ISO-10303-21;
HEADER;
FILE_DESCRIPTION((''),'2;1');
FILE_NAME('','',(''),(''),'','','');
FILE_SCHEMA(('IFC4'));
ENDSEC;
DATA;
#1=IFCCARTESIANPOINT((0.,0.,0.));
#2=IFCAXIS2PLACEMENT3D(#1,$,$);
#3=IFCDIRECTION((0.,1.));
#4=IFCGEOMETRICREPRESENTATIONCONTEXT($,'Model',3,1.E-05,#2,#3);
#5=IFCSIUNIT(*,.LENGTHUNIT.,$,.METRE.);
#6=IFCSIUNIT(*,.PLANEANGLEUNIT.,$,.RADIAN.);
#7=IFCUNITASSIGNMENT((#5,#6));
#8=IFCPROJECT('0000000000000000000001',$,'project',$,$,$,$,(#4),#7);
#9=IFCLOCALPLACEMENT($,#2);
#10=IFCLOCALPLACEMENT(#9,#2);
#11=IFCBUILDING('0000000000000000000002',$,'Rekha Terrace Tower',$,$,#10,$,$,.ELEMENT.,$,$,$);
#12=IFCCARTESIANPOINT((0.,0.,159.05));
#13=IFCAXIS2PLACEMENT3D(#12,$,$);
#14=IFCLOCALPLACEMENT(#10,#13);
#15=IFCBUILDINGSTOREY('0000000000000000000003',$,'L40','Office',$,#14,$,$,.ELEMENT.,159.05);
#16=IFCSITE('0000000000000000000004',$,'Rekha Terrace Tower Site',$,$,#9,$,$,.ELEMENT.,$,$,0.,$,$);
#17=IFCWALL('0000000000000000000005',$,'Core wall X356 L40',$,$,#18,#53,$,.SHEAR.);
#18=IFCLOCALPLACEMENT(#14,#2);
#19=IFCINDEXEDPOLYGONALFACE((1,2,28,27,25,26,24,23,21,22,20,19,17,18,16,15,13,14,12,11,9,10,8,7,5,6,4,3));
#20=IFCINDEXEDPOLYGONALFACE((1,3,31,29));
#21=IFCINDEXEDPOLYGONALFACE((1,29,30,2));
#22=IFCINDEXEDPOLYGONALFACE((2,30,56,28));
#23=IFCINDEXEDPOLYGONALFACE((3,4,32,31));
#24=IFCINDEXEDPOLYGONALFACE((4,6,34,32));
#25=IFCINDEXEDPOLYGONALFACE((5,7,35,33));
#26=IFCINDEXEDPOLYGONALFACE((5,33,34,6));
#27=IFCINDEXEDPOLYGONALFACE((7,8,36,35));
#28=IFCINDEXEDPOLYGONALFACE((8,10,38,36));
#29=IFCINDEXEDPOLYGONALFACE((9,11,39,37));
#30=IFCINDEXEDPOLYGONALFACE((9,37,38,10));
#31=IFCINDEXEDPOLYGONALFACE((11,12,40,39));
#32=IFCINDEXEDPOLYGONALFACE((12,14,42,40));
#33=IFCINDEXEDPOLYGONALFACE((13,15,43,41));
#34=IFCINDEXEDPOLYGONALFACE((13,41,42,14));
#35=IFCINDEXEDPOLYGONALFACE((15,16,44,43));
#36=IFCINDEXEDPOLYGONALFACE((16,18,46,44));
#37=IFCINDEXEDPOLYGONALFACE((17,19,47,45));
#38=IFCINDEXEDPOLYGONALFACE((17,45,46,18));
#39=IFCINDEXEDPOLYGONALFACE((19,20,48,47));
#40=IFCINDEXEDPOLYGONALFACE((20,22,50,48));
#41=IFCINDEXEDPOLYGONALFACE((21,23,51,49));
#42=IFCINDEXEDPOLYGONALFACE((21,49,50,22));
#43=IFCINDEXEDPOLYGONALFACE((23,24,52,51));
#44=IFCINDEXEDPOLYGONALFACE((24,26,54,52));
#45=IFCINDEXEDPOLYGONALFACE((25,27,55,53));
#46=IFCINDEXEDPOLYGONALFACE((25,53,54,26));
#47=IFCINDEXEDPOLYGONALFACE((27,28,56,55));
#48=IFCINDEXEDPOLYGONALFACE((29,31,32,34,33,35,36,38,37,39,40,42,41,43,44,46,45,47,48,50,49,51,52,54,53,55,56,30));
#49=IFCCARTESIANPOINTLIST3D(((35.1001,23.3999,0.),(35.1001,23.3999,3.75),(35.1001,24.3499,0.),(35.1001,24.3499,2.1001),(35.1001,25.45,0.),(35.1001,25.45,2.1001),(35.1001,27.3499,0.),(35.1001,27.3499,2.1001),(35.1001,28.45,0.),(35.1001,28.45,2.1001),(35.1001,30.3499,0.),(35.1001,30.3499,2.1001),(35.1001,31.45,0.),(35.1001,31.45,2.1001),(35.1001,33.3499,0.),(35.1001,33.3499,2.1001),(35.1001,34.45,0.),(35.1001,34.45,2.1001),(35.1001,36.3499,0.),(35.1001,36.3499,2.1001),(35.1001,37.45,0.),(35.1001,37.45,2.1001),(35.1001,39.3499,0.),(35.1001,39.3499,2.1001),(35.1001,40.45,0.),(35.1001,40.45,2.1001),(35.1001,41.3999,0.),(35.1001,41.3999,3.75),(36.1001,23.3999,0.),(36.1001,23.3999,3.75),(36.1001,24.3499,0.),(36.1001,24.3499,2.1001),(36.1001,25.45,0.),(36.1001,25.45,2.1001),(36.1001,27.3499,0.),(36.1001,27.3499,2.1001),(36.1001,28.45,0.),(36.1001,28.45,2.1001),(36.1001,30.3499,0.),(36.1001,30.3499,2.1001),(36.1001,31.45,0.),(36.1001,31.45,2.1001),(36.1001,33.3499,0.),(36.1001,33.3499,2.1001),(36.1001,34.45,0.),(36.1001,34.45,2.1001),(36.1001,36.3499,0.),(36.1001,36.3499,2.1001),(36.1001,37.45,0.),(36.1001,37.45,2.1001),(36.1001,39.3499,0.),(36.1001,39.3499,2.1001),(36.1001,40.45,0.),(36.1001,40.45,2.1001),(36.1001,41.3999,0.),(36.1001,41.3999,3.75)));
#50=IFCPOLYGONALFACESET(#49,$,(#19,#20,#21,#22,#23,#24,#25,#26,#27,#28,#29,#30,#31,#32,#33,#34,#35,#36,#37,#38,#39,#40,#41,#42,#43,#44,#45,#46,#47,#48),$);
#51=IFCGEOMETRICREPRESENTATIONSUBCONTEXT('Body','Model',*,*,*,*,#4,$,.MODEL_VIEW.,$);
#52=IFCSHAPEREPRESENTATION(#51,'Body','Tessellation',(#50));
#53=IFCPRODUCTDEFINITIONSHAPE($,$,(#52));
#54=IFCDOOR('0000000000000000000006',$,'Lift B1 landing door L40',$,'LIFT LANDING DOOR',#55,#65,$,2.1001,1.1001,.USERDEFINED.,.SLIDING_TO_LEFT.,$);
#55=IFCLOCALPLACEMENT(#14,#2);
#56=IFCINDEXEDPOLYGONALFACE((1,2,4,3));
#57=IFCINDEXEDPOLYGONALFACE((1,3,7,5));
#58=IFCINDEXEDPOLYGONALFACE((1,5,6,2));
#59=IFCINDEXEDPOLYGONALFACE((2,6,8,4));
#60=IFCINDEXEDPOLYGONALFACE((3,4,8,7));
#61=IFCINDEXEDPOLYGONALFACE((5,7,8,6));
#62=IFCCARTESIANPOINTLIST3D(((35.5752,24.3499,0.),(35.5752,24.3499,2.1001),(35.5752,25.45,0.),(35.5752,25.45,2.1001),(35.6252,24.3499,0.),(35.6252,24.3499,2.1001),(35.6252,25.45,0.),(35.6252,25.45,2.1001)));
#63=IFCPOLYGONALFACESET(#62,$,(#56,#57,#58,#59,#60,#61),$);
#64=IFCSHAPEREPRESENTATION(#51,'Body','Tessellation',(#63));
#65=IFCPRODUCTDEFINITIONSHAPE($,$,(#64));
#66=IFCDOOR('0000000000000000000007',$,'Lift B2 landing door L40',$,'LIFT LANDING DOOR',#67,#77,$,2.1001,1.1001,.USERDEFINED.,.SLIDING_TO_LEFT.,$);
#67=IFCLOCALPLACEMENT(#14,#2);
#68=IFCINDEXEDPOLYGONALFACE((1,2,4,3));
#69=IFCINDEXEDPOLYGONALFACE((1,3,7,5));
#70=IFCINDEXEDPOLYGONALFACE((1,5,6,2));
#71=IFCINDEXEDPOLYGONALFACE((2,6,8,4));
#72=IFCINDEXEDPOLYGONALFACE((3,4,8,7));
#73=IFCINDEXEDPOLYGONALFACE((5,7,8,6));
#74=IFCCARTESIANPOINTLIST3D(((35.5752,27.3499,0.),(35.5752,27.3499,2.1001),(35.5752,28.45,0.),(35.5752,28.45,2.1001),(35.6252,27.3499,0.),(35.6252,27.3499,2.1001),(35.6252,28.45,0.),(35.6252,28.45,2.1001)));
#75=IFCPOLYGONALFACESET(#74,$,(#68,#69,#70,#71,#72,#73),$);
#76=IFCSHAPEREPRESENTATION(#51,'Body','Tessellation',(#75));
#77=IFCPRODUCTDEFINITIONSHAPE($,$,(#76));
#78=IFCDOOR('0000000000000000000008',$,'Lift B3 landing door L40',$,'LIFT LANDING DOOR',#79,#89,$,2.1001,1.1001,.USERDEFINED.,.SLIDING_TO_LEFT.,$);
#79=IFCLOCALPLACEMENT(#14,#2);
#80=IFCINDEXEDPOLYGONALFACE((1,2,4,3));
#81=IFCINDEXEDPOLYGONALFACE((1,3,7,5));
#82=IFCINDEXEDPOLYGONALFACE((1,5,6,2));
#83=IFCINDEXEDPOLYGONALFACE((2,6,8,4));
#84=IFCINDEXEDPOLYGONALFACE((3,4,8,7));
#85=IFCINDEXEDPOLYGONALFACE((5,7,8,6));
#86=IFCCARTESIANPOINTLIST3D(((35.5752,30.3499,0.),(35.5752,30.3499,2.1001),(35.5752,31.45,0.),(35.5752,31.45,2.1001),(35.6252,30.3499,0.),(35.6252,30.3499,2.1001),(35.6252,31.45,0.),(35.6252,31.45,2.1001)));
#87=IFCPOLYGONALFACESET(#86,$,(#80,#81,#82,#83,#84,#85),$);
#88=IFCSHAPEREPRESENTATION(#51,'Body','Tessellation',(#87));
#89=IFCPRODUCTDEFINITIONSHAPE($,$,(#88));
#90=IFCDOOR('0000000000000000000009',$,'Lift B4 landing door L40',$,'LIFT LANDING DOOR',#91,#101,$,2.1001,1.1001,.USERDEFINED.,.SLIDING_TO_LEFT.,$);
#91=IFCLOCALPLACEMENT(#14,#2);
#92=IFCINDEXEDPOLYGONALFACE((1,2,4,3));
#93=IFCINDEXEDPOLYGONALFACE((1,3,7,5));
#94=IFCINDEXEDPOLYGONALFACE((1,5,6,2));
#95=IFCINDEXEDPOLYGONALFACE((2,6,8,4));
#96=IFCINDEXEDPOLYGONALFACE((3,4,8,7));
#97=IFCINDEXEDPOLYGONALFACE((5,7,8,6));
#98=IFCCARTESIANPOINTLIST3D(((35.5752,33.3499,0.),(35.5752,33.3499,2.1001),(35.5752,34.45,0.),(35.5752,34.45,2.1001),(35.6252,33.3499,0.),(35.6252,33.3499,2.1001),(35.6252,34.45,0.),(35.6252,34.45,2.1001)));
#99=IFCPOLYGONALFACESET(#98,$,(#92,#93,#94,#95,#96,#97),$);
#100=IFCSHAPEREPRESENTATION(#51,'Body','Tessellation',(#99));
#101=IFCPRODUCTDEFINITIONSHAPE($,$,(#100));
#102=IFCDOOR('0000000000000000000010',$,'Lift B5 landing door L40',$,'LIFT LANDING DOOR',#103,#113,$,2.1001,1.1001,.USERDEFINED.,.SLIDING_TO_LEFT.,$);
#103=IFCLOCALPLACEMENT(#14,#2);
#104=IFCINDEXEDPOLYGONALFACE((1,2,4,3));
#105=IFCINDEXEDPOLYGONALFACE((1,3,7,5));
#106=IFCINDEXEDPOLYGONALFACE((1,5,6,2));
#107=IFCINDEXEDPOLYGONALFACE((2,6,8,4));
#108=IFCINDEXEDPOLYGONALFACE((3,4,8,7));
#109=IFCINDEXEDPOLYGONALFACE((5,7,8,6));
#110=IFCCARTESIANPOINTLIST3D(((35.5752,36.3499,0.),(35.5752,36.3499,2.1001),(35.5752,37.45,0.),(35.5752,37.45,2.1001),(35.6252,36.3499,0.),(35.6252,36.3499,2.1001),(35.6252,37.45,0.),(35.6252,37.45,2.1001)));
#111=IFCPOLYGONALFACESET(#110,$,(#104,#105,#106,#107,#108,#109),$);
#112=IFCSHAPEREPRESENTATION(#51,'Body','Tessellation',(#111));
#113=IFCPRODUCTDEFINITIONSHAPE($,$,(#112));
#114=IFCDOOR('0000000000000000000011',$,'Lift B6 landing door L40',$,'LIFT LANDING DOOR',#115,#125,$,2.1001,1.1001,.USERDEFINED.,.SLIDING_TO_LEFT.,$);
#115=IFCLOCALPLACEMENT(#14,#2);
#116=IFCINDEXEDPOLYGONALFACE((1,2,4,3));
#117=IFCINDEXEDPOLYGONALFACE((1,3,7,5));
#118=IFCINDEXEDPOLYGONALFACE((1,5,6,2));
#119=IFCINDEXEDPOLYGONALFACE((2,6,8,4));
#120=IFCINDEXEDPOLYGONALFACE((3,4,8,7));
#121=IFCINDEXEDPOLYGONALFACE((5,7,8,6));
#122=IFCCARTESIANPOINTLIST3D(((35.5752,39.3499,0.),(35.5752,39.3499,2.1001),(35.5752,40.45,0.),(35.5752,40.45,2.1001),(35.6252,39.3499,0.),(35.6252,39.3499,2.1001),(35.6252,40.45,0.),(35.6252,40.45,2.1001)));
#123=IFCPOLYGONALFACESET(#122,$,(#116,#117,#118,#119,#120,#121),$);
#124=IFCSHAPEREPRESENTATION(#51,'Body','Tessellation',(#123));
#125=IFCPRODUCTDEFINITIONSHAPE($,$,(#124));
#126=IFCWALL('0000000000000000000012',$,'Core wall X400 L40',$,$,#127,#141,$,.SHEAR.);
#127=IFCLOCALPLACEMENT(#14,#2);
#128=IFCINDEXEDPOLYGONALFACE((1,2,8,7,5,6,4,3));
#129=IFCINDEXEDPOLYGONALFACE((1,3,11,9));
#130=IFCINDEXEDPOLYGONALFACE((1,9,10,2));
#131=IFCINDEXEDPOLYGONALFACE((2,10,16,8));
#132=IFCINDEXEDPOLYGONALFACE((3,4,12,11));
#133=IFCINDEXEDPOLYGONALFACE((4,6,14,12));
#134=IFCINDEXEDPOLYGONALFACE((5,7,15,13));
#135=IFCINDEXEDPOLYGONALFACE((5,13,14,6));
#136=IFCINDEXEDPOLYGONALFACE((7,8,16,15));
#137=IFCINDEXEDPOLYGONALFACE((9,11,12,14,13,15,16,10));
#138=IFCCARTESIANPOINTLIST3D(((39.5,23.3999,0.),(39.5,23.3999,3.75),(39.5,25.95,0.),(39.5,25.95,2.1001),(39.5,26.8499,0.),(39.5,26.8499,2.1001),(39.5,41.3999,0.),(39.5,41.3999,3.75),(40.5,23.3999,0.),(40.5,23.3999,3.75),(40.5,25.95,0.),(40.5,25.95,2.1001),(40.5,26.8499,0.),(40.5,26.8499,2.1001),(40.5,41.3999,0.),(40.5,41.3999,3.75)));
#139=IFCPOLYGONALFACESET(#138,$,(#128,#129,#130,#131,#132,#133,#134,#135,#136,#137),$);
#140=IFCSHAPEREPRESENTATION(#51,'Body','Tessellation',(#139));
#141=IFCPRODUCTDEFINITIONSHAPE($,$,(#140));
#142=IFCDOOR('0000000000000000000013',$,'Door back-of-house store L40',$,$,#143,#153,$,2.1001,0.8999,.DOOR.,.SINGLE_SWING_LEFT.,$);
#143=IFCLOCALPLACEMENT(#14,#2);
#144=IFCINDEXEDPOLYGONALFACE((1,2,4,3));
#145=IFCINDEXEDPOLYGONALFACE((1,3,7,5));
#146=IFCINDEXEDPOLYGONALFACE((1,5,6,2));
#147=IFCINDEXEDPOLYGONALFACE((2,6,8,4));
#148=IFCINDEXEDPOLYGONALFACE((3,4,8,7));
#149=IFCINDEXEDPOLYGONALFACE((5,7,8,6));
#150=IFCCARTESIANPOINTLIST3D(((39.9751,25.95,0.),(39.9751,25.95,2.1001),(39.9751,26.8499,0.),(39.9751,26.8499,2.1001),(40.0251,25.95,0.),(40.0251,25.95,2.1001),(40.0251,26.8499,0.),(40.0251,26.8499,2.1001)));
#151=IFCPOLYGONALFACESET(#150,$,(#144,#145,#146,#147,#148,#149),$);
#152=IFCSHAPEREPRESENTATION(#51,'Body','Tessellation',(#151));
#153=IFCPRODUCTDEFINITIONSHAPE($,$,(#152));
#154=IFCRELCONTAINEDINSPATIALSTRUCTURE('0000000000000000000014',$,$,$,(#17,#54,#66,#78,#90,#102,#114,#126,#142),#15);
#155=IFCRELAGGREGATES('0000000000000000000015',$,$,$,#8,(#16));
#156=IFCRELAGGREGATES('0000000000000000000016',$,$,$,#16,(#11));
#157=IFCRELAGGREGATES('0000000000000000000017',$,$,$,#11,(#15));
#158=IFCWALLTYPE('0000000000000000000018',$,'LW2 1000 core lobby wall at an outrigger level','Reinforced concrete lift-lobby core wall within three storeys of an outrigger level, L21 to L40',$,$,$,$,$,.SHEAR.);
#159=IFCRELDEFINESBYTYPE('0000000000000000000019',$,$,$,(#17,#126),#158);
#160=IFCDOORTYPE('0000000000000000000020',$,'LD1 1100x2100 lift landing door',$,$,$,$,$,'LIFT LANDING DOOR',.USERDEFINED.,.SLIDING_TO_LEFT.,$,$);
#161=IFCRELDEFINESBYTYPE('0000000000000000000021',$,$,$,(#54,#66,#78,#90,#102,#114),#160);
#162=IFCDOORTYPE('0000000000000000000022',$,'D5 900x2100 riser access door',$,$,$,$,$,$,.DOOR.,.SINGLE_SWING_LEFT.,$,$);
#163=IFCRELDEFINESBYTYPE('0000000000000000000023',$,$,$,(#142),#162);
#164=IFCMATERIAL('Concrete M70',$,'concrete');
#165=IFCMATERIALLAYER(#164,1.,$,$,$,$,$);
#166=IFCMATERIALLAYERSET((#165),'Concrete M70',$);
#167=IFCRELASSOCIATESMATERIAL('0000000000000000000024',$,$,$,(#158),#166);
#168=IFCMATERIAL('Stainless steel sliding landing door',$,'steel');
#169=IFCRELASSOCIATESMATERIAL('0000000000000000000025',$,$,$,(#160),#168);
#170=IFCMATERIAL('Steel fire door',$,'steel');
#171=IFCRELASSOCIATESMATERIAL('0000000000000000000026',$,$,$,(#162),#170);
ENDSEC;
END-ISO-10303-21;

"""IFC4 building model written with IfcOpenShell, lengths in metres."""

from ifc_helpers import new_model, si_unit, direction, frame, frame_2d, origin, place, context, subcontext, project, spatial, rectangle, extrude, material, layer, layer_set, type_object, element, fill, save


model = new_model("IFC4")

# Units and contexts
model_context = context("Model", 3, precision=1e-05, world=origin(), true_north=direction((0.0, 1.0)))
body_context = subcontext(model_context, "Body", "Model", "MODEL_VIEW")
ifc_project = project(units=[si_unit("LENGTHUNIT", "METRE"), si_unit("PLANEANGLEUNIT", "RADIAN")], contexts=[model_context])

# Site, building, storey
site_placement = place(None, origin())
site = spatial("IfcSite", under=ifc_project, at=site_placement, Name="Rekha Terrace Tower Site", CompositionType="ELEMENT", RefElevation=0.0)
building_placement = place(site_placement, origin())
building = spatial("IfcBuilding", under=site, at=building_placement, Name="Rekha Terrace Tower", CompositionType="ELEMENT")
storey_placement = place(building_placement, frame((0.0, 0.0, 159.05)))
storey = spatial("IfcBuildingStorey", under=building, at=storey_placement, Name="L40", Description="Office", CompositionType="ELEMENT", Elevation=159.05)

# Shared definitions
ifc_material_1 = material(Name="Concrete M70", Category="concrete")

# Wall, openings, doors
ifc_layer_1 = layer(ifc_material_1, 1.0)
ifc_layer_set_1 = layer_set([ifc_layer_1], Name="Concrete M70")
wall_type_1 = type_object("IfcWallType", Name="LW2 1000 core lobby wall at an outrigger level", Description="Reinforced concrete lift-lobby core wall within three storeys of an outrigger level, L21 to L40", PredefinedType="SHEAR", material=ifc_layer_set_1)
wall_1_placement = place(storey_placement, frame((35.6001, 23.3999, 0.0), z_axis=(0.0, 0.0, 1.0), x_axis=(0.0, 1.0, 0.0)))
wall_1 = element("IfcWall", 1, at=wall_1_placement, inside=storey, type_object=wall_type_1, Name="Core wall X356 L40", PredefinedType="SHEAR", context=body_context, shape_type="SweptSolid", body=[
    extrude(rectangle(XDim=18.0, YDim=1.0, at=frame_2d((9.0, 0.0))), origin(), (0.0, 0.0, 1.0), 3.75),
])
opening_1_placement = place(wall_1_placement, frame((0.95, 0.0, 0.0)))
opening_1 = element("IfcOpeningElement", 2, at=opening_1_placement, cuts=wall_1, PredefinedType="OPENING", context=body_context, shape_type="SweptSolid", body=[
    extrude(rectangle(XDim=1.1001, YDim=2.1001, at=frame_2d((0.55, 1.05))), frame((0.0, 0.51, 0.0), z_axis=(0.0, -1.0, 0.0), x_axis=(1.0, 0.0, 0.0)), (0.0, 0.0, 1.0), 1.02),
])
opening_2_placement = place(wall_1_placement, frame((3.95, 0.0, 0.0)))
opening_2 = element("IfcOpeningElement", 3, at=opening_2_placement, cuts=wall_1, PredefinedType="OPENING", context=body_context, shape_type="SweptSolid", body=[
    extrude(rectangle(XDim=1.1001, YDim=2.1001, at=frame_2d((0.55, 1.05))), frame((0.0, 0.51, 0.0), z_axis=(0.0, -1.0, 0.0), x_axis=(1.0, 0.0, 0.0)), (0.0, 0.0, 1.0), 1.02),
])
opening_3_placement = place(wall_1_placement, frame((6.95, 0.0, 0.0)))
opening_3 = element("IfcOpeningElement", 4, at=opening_3_placement, cuts=wall_1, PredefinedType="OPENING", context=body_context, shape_type="SweptSolid", body=[
    extrude(rectangle(XDim=1.1001, YDim=2.1001, at=frame_2d((0.55, 1.05))), frame((0.0, 0.51, 0.0), z_axis=(0.0, -1.0, 0.0), x_axis=(1.0, 0.0, 0.0)), (0.0, 0.0, 1.0), 1.02),
])
opening_4_placement = place(wall_1_placement, frame((9.95, 0.0, 0.0)))
opening_4 = element("IfcOpeningElement", 5, at=opening_4_placement, cuts=wall_1, PredefinedType="OPENING", context=body_context, shape_type="SweptSolid", body=[
    extrude(rectangle(XDim=1.1001, YDim=2.1001, at=frame_2d((0.55, 1.05))), frame((0.0, 0.51, 0.0), z_axis=(0.0, -1.0, 0.0), x_axis=(1.0, 0.0, 0.0)), (0.0, 0.0, 1.0), 1.02),
])
opening_5_placement = place(wall_1_placement, frame((12.95, 0.0, 0.0)))
opening_5 = element("IfcOpeningElement", 6, at=opening_5_placement, cuts=wall_1, PredefinedType="OPENING", context=body_context, shape_type="SweptSolid", body=[
    extrude(rectangle(XDim=1.1001, YDim=2.1001, at=frame_2d((0.55, 1.05))), frame((0.0, 0.51, 0.0), z_axis=(0.0, -1.0, 0.0), x_axis=(1.0, 0.0, 0.0)), (0.0, 0.0, 1.0), 1.02),
])
opening_6_placement = place(wall_1_placement, frame((15.95, 0.0, 0.0)))
opening_6 = element("IfcOpeningElement", 7, at=opening_6_placement, cuts=wall_1, PredefinedType="OPENING", context=body_context, shape_type="SweptSolid", body=[
    extrude(rectangle(XDim=1.1001, YDim=2.1001, at=frame_2d((0.55, 1.05))), frame((0.0, 0.51, 0.0), z_axis=(0.0, -1.0, 0.0), x_axis=(1.0, 0.0, 0.0)), (0.0, 0.0, 1.0), 1.02),
])
ifc_material_2 = material(Name="Stainless steel sliding landing door", Category="steel")
door_type_1 = type_object("IfcDoorType", Name="LD1 1100x2100 lift landing door", ElementType="LIFT LANDING DOOR", OperationType="SLIDING_TO_LEFT", PredefinedType="USERDEFINED", material=ifc_material_2)
door_1_placement = place(opening_1_placement, origin())
door_1 = element("IfcDoor", 8, at=door_1_placement, inside=storey, type_object=door_type_1, Name="Lift B1 landing door L40", ObjectType="LIFT LANDING DOOR", OperationType="SLIDING_TO_LEFT", OverallHeight=2.1001, OverallWidth=1.1001, PredefinedType="USERDEFINED", context=body_context, shape_type="SweptSolid", body=[
    extrude(rectangle(XDim=1.1001, YDim=2.1001, at=frame_2d((0.55, 1.05))), frame((0.0, 0.0249, 0.0), z_axis=(0.0, -1.0, 0.0), x_axis=(1.0, 0.0, 0.0)), (0.0, 0.0, 1.0), 0.05),
])
fill(opening_1, door_1)
door_2_placement = place(opening_2_placement, origin())
door_2 = element("IfcDoor", 9, at=door_2_placement, inside=storey, type_object=door_type_1, Name="Lift B2 landing door L40", ObjectType="LIFT LANDING DOOR", OperationType="SLIDING_TO_LEFT", OverallHeight=2.1001, OverallWidth=1.1001, PredefinedType="USERDEFINED", context=body_context, shape_type="SweptSolid", body=[
    extrude(rectangle(XDim=1.1001, YDim=2.1001, at=frame_2d((0.55, 1.05))), frame((0.0, 0.0249, 0.0), z_axis=(0.0, -1.0, 0.0), x_axis=(1.0, 0.0, 0.0)), (0.0, 0.0, 1.0), 0.05),
])
fill(opening_2, door_2)
door_3_placement = place(opening_3_placement, origin())
door_3 = element("IfcDoor", 10, at=door_3_placement, inside=storey, type_object=door_type_1, Name="Lift B3 landing door L40", ObjectType="LIFT LANDING DOOR", OperationType="SLIDING_TO_LEFT", OverallHeight=2.1001, OverallWidth=1.1001, PredefinedType="USERDEFINED", context=body_context, shape_type="SweptSolid", body=[
    extrude(rectangle(XDim=1.1001, YDim=2.1001, at=frame_2d((0.55, 1.05))), frame((0.0, 0.0249, 0.0), z_axis=(0.0, -1.0, 0.0), x_axis=(1.0, 0.0, 0.0)), (0.0, 0.0, 1.0), 0.05),
])
fill(opening_3, door_3)
door_4_placement = place(opening_4_placement, origin())
door_4 = element("IfcDoor", 11, at=door_4_placement, inside=storey, type_object=door_type_1, Name="Lift B4 landing door L40", ObjectType="LIFT LANDING DOOR", OperationType="SLIDING_TO_LEFT", OverallHeight=2.1001, OverallWidth=1.1001, PredefinedType="USERDEFINED", context=body_context, shape_type="SweptSolid", body=[
    extrude(rectangle(XDim=1.1001, YDim=2.1001, at=frame_2d((0.55, 1.05))), frame((0.0, 0.0249, 0.0), z_axis=(0.0, -1.0, 0.0), x_axis=(1.0, 0.0, 0.0)), (0.0, 0.0, 1.0), 0.05),
])
fill(opening_4, door_4)
door_5_placement = place(opening_5_placement, origin())
door_5 = element("IfcDoor", 12, at=door_5_placement, inside=storey, type_object=door_type_1, Name="Lift B5 landing door L40", ObjectType="LIFT LANDING DOOR", OperationType="SLIDING_TO_LEFT", OverallHeight=2.1001, OverallWidth=1.1001, PredefinedType="USERDEFINED", context=body_context, shape_type="SweptSolid", body=[
    extrude(rectangle(XDim=1.1001, YDim=2.1001, at=frame_2d((0.55, 1.05))), frame((0.0, 0.0249, 0.0), z_axis=(0.0, -1.0, 0.0), x_axis=(1.0, 0.0, 0.0)), (0.0, 0.0, 1.0), 0.05),
])
fill(opening_5, door_5)
door_6_placement = place(opening_6_placement, origin())
door_6 = element("IfcDoor", 13, at=door_6_placement, inside=storey, type_object=door_type_1, Name="Lift B6 landing door L40", ObjectType="LIFT LANDING DOOR", OperationType="SLIDING_TO_LEFT", OverallHeight=2.1001, OverallWidth=1.1001, PredefinedType="USERDEFINED", context=body_context, shape_type="SweptSolid", body=[
    extrude(rectangle(XDim=1.1001, YDim=2.1001, at=frame_2d((0.55, 1.05))), frame((0.0, 0.0249, 0.0), z_axis=(0.0, -1.0, 0.0), x_axis=(1.0, 0.0, 0.0)), (0.0, 0.0, 1.0), 0.05),
])
fill(opening_6, door_6)

# Wall, opening, door
wall_2_placement = place(storey_placement, frame((40.0, 23.3999, 0.0), z_axis=(0.0, 0.0, 1.0), x_axis=(0.0, 1.0, 0.0)))
wall_2 = element("IfcWall", 14, at=wall_2_placement, inside=storey, type_object=wall_type_1, Name="Core wall X400 L40", PredefinedType="SHEAR", context=body_context, shape_type="SweptSolid", body=[
    extrude(rectangle(XDim=18.0, YDim=1.0, at=frame_2d((9.0, 0.0))), origin(), (0.0, 0.0, 1.0), 3.75),
])
opening_7_placement = place(wall_2_placement, frame((2.55, 0.0, 0.0)))
opening_7 = element("IfcOpeningElement", 15, at=opening_7_placement, cuts=wall_2, PredefinedType="OPENING", context=body_context, shape_type="SweptSolid", body=[
    extrude(rectangle(XDim=0.8999, YDim=2.1001, at=frame_2d((0.45, 1.05))), frame((0.0, 0.51, 0.0), z_axis=(0.0, -1.0, 0.0), x_axis=(1.0, 0.0, 0.0)), (0.0, 0.0, 1.0), 1.02),
])
ifc_material_3 = material(Name="Steel fire door", Category="steel")
door_type_2 = type_object("IfcDoorType", Name="D5 900x2100 riser access door", OperationType="SINGLE_SWING_LEFT", PredefinedType="DOOR", material=ifc_material_3)
door_7_placement = place(opening_7_placement, origin())
door_7 = element("IfcDoor", 16, at=door_7_placement, inside=storey, type_object=door_type_2, Name="Door back-of-house store L40", OperationType="SINGLE_SWING_LEFT", OverallHeight=2.1001, OverallWidth=0.8999, PredefinedType="DOOR", context=body_context, shape_type="SweptSolid", body=[
    extrude(rectangle(XDim=0.8999, YDim=2.1001, at=frame_2d((0.45, 1.05))), frame((0.0, 0.0249, 0.0), z_axis=(0.0, -1.0, 0.0), x_axis=(1.0, 0.0, 0.0)), (0.0, 0.0, 1.0), 0.05),
])
fill(opening_7, door_7)

save(model, "model.ifc")
